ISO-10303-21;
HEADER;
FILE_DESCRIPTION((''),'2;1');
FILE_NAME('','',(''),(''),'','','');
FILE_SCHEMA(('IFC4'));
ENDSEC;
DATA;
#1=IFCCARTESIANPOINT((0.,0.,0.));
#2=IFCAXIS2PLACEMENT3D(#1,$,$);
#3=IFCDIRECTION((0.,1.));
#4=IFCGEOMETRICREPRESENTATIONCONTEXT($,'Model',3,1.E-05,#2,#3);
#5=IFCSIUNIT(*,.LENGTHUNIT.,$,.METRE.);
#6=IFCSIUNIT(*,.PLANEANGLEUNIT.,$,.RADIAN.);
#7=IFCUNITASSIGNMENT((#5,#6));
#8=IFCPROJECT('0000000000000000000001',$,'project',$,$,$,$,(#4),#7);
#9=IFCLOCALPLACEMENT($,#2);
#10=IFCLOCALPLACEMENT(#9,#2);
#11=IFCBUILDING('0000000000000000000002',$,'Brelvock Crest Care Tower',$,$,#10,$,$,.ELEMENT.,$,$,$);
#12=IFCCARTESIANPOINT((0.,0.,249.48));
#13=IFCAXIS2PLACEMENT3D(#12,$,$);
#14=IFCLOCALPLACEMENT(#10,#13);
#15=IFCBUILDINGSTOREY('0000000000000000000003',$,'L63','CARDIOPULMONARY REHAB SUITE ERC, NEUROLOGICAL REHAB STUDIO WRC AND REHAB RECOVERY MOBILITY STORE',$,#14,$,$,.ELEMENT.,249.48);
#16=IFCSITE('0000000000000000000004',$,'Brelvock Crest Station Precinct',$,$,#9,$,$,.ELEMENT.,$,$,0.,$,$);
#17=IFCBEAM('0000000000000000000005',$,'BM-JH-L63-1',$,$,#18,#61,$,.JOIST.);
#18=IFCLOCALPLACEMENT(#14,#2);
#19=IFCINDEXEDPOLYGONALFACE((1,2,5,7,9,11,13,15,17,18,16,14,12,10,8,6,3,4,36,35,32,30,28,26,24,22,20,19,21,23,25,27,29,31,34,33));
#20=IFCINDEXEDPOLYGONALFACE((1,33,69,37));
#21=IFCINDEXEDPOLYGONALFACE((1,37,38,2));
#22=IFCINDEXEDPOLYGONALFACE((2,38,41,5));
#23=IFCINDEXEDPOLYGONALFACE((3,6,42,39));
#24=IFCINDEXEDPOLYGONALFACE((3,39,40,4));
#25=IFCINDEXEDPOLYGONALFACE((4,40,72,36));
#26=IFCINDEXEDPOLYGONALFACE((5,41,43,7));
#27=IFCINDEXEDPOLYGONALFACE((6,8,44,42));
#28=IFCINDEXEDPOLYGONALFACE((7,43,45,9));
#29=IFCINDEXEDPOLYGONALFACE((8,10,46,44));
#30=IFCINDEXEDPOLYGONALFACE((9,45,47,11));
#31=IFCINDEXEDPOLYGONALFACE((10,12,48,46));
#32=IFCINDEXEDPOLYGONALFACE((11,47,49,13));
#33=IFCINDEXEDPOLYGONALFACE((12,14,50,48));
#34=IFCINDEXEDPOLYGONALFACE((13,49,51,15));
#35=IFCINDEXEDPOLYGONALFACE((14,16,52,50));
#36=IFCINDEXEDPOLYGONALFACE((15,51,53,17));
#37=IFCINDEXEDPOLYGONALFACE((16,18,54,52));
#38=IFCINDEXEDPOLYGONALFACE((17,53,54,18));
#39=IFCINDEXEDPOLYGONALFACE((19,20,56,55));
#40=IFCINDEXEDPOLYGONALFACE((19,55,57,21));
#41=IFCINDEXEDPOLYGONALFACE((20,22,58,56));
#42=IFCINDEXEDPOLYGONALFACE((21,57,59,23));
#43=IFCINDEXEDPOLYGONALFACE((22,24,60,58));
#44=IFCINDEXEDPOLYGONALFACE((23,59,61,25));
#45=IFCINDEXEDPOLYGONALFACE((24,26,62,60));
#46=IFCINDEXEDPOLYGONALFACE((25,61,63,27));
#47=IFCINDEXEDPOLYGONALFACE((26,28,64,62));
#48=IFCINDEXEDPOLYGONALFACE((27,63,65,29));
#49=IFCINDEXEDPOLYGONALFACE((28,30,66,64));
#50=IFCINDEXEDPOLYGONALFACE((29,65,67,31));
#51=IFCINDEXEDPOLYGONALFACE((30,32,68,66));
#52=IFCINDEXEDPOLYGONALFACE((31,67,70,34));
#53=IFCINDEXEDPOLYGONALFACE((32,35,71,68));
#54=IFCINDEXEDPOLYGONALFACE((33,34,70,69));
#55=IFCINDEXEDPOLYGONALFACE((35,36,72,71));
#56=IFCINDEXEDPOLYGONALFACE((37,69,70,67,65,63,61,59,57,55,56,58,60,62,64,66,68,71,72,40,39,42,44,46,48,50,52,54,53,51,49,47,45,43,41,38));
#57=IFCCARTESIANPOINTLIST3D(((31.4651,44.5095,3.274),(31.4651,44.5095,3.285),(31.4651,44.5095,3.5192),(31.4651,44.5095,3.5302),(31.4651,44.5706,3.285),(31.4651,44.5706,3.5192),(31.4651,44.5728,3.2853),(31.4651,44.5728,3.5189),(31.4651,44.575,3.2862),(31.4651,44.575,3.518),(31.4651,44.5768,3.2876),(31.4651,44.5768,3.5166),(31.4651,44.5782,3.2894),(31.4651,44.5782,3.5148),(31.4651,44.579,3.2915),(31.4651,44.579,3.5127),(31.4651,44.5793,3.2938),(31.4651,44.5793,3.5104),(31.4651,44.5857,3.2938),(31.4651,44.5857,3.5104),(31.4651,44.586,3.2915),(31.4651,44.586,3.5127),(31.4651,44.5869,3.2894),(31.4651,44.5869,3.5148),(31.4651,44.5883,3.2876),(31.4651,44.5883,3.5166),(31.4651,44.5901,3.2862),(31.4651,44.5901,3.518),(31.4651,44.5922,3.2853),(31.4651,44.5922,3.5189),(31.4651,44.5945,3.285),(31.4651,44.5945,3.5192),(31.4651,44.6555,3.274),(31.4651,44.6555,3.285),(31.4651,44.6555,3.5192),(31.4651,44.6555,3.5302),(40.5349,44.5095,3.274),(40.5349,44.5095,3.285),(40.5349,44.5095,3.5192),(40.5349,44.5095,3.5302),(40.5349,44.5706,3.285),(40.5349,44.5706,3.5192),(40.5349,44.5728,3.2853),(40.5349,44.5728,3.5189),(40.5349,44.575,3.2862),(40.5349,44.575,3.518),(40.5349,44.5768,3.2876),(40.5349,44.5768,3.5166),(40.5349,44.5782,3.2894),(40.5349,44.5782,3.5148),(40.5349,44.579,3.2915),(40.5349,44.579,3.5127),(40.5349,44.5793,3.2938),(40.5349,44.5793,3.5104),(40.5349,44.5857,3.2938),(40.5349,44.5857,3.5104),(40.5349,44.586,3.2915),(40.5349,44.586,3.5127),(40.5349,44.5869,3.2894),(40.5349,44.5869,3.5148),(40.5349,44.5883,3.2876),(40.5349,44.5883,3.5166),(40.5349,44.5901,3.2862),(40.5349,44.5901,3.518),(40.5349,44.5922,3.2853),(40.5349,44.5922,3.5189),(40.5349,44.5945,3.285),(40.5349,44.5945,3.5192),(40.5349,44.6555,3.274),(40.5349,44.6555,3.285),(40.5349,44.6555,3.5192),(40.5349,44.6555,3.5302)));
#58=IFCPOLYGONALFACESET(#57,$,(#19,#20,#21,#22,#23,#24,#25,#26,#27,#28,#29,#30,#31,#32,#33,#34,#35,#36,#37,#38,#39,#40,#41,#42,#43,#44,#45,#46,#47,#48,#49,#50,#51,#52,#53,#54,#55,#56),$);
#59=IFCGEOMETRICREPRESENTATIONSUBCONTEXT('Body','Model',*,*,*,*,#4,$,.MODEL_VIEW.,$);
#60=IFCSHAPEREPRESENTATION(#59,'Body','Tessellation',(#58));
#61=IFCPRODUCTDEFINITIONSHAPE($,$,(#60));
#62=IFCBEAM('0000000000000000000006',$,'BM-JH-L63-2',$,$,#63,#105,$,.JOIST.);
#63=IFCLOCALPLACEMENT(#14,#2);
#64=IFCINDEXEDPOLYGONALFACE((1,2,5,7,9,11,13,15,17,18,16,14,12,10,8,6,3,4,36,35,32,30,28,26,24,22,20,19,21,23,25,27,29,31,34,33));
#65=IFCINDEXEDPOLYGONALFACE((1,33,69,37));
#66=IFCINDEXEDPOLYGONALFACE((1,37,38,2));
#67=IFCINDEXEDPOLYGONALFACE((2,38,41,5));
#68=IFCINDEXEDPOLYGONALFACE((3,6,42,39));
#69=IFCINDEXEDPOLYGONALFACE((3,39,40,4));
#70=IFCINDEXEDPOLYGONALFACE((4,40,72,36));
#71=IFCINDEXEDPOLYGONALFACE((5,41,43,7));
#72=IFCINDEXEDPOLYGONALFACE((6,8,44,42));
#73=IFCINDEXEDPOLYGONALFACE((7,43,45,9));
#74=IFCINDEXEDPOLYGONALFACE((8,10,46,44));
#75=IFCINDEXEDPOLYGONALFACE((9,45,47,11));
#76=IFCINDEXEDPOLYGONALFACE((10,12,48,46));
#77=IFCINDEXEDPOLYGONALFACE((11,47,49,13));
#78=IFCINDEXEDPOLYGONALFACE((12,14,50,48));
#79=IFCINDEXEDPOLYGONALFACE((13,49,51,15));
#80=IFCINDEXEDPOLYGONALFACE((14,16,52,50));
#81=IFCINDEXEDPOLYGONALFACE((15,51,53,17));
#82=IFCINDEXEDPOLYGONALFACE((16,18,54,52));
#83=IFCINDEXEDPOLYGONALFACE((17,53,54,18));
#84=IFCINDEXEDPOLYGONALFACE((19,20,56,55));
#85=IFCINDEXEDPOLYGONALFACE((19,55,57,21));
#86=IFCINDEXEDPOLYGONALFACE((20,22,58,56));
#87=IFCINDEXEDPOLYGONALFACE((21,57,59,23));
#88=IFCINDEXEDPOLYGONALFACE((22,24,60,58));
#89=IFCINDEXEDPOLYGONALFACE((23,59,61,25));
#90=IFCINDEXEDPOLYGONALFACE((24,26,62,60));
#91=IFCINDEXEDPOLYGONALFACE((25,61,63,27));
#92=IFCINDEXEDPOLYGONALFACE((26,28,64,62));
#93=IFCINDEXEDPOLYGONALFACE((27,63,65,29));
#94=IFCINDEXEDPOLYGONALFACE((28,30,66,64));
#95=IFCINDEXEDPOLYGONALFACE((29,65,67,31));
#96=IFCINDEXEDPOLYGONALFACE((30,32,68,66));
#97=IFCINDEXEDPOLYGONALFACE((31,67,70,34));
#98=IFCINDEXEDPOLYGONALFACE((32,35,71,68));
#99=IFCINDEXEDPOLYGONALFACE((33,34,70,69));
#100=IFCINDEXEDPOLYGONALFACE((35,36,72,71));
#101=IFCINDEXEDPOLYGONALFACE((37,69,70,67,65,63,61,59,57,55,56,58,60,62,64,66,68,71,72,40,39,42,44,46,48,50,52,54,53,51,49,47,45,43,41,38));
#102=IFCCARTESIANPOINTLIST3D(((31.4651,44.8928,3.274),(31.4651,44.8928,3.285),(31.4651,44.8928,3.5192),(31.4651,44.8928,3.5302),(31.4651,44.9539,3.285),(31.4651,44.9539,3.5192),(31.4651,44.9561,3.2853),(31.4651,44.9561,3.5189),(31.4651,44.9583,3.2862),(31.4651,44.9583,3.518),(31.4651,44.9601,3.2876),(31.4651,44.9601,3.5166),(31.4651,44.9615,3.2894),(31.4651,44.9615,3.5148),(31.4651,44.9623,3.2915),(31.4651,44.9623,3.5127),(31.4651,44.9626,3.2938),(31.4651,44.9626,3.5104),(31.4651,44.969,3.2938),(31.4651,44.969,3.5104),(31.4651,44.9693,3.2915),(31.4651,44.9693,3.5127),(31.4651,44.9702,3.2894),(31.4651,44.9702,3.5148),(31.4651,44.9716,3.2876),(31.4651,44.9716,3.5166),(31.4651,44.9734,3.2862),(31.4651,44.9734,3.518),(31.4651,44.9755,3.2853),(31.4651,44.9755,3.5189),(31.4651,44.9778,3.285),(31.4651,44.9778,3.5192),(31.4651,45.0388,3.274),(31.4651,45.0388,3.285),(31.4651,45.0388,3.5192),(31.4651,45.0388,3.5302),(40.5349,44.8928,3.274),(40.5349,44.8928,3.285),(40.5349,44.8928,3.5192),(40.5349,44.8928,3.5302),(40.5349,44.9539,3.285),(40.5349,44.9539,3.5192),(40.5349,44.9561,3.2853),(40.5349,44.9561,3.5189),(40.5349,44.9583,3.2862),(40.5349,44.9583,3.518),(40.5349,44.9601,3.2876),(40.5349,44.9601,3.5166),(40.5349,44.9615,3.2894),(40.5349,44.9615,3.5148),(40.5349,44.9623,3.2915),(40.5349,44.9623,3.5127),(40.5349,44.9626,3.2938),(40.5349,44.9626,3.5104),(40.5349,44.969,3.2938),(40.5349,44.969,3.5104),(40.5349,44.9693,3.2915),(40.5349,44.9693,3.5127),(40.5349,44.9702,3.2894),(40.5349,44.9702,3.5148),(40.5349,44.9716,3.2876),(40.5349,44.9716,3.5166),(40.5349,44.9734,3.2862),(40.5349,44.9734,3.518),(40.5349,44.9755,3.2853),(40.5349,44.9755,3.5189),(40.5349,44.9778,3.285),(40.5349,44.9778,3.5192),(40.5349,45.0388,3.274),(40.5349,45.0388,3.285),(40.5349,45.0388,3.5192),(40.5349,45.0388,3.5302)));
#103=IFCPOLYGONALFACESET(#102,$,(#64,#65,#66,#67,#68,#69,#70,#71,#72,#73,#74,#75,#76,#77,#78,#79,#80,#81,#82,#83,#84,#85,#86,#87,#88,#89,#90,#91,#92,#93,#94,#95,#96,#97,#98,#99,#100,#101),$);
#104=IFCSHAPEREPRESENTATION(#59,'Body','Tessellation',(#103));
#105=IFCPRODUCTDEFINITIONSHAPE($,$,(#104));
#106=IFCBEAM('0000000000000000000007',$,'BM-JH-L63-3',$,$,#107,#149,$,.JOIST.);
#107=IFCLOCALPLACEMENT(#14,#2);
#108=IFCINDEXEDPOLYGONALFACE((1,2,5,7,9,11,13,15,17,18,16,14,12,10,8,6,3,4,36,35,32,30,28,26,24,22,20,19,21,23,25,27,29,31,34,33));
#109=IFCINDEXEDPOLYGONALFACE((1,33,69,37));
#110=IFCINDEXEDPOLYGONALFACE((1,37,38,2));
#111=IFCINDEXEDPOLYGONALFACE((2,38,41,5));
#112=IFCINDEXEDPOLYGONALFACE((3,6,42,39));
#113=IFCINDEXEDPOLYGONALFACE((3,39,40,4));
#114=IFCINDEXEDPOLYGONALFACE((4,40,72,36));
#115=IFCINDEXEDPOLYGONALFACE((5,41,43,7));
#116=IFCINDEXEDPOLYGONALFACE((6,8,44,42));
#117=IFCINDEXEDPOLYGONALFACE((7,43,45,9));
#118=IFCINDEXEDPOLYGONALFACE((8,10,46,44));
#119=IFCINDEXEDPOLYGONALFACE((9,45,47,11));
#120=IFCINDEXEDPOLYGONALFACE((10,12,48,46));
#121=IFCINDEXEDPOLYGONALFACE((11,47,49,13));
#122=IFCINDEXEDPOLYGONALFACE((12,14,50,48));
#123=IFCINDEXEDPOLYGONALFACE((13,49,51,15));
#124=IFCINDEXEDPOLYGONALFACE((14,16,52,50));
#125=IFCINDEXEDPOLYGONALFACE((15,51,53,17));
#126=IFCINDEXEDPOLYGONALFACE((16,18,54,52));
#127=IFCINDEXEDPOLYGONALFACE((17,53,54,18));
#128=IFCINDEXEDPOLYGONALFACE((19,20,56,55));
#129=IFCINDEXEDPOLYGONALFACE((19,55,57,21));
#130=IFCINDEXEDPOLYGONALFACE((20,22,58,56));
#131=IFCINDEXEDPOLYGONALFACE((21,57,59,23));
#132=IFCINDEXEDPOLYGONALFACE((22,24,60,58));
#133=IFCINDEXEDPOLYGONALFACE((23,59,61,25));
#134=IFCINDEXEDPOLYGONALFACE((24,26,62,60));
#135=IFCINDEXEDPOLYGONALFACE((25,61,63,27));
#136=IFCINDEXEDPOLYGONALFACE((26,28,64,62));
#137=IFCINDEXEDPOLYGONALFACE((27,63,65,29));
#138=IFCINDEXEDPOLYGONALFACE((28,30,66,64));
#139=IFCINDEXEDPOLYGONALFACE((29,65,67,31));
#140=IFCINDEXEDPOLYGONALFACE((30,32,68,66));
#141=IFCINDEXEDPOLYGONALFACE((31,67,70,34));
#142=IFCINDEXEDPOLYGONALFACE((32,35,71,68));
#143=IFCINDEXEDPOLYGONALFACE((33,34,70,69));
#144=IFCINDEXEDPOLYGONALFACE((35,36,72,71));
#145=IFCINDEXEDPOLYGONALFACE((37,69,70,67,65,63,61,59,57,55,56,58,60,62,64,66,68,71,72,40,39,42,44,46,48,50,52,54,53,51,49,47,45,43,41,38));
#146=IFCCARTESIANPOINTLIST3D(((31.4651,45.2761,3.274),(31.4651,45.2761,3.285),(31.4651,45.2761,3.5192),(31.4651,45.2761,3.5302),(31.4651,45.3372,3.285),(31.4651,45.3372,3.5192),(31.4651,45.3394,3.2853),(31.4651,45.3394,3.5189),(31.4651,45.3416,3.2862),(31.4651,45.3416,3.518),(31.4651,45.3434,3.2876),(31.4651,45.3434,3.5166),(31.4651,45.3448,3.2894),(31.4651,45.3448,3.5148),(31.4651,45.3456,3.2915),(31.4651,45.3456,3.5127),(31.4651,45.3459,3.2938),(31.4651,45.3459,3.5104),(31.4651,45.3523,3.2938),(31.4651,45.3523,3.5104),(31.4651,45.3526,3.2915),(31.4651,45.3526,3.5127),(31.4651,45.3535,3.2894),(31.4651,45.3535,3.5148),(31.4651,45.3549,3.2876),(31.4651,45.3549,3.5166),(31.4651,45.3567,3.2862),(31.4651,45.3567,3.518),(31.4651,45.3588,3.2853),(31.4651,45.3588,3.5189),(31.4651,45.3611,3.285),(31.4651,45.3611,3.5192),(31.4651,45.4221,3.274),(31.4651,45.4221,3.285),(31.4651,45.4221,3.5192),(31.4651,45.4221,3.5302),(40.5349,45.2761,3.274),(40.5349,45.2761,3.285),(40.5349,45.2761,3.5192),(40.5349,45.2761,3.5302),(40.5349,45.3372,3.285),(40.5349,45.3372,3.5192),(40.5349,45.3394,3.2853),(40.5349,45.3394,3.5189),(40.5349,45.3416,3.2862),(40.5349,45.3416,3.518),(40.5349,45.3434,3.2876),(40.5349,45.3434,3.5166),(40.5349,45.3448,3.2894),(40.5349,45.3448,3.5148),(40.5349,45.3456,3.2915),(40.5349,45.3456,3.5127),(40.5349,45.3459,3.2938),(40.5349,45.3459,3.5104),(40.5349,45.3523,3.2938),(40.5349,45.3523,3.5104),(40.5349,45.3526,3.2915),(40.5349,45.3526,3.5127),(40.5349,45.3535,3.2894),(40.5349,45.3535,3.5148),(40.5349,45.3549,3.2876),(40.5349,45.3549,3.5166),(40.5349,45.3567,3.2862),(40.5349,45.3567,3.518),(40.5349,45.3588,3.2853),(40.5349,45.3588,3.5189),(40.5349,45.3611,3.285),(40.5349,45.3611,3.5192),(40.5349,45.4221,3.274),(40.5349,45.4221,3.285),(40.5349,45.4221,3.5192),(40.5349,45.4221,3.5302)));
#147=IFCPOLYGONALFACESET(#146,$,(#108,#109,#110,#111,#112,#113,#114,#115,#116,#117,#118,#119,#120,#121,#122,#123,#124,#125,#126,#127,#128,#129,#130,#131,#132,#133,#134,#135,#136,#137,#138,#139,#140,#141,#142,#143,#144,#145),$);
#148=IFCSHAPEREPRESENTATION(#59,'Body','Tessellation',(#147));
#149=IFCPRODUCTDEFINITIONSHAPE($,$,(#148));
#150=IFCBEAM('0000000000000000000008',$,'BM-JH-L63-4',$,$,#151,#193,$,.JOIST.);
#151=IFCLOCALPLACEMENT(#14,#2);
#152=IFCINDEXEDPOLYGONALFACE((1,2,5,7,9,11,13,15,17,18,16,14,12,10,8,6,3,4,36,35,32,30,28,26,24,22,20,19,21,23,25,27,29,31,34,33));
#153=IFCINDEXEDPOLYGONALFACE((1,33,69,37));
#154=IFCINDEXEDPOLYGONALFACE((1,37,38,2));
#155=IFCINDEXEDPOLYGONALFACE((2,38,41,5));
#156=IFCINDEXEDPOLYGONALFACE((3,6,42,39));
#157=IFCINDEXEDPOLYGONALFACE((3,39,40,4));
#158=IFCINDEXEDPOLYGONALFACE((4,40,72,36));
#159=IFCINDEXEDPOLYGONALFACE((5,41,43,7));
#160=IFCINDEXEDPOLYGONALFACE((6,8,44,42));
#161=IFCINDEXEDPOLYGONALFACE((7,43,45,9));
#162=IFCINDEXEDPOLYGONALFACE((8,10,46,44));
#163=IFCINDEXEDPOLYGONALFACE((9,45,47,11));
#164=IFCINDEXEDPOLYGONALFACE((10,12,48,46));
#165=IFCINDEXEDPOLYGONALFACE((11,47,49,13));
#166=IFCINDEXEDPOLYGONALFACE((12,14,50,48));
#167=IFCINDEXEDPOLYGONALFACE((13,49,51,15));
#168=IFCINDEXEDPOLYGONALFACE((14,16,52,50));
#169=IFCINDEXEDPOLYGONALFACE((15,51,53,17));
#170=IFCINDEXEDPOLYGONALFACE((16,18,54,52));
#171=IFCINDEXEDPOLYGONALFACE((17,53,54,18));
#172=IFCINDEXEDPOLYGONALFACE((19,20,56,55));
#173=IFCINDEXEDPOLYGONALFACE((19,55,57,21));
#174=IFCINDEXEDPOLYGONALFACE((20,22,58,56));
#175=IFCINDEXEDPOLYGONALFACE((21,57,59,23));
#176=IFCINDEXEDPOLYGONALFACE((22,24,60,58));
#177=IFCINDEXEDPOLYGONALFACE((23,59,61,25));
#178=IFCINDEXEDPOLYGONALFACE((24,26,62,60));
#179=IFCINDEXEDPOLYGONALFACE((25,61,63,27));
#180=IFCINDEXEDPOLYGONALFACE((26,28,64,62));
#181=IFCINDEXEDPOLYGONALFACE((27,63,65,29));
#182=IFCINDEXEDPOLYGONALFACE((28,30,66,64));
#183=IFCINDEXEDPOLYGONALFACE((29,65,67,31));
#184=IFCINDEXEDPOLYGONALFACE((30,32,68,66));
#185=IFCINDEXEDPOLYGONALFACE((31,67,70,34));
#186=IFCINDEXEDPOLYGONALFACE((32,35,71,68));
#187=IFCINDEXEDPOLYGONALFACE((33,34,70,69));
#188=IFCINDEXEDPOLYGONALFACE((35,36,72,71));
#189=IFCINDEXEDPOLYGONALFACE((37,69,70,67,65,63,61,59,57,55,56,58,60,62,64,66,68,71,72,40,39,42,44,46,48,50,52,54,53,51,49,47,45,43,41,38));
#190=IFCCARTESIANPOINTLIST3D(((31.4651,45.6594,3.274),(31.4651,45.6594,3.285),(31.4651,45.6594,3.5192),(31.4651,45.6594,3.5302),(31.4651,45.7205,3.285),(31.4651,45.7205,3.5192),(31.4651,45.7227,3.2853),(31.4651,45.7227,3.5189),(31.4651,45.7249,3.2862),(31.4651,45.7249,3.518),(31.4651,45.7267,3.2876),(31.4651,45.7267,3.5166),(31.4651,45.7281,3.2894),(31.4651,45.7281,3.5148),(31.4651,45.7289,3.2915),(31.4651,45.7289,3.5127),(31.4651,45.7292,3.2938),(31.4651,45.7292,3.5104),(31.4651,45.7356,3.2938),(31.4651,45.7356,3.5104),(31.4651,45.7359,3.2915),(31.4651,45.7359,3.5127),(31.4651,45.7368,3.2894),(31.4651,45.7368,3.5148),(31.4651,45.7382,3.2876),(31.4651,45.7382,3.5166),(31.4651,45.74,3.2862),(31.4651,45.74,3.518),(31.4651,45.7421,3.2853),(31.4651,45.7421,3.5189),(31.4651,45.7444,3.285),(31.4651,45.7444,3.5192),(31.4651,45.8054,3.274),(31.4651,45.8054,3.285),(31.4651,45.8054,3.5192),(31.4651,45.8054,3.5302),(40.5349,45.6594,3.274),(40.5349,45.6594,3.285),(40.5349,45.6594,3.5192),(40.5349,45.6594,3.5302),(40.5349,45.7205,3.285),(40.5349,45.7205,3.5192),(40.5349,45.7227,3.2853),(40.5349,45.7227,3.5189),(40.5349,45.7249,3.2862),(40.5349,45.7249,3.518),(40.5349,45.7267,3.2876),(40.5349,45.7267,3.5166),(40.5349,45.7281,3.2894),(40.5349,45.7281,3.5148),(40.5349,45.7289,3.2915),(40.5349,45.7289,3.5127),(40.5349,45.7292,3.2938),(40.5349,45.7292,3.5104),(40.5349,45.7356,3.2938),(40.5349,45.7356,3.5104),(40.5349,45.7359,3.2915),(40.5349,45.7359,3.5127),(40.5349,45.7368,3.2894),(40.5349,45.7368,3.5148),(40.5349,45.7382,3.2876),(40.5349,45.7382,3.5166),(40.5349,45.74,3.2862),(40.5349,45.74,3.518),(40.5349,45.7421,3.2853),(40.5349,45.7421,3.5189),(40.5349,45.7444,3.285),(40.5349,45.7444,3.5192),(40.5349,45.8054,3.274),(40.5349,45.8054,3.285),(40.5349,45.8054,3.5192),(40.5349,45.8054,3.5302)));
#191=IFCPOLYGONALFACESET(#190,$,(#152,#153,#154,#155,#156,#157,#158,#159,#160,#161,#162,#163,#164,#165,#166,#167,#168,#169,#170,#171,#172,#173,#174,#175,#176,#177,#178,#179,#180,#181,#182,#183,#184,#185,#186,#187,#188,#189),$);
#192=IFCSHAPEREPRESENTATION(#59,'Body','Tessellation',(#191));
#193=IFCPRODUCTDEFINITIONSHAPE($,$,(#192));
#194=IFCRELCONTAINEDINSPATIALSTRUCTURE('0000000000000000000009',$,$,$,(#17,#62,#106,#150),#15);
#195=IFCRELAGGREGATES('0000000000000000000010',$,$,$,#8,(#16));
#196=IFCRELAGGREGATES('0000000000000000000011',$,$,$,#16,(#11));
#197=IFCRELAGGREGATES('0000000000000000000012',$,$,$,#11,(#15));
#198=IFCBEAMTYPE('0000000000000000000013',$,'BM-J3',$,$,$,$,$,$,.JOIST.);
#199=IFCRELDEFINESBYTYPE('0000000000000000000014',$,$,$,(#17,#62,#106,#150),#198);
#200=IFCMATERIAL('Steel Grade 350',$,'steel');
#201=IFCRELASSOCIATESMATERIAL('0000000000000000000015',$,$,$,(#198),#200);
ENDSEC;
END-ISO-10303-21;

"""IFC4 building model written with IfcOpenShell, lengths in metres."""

from ifc_helpers import new_model, si_unit, direction, frame, origin, origin_2d, place, context, subcontext, project, spatial, i_section, extrude, source, transform, mapped, material, material_profile, profile_set, type_object, element, save


model = new_model("IFC4")

# Units and contexts
model_context = context("Model", 3, precision=1e-05, world=origin(), true_north=direction((0.0, 1.0)))
body_context = subcontext(model_context, "Body", "Model", "MODEL_VIEW")
ifc_project = project(units=[si_unit("LENGTHUNIT", "METRE"), si_unit("PLANEANGLEUNIT", "RADIAN")], contexts=[model_context])

# Site, building, storey
site_placement = place(None, origin())
site = spatial("IfcSite", under=ifc_project, at=site_placement, Name="Brelvock Crest Station Precinct", CompositionType="ELEMENT", RefElevation=0.0)
building_placement = place(site_placement, origin())
building = spatial("IfcBuilding", under=site, at=building_placement, Name="Brelvock Crest Care Tower", CompositionType="ELEMENT")
storey_placement = place(building_placement, frame((0.0, 0.0, 249.48)))
storey = spatial("IfcBuildingStorey", under=building, at=storey_placement, Name="L63", Description="CARDIOPULMONARY REHAB SUITE ERC, NEUROLOGICAL REHAB STUDIO WRC AND REHAB RECOVERY MOBILITY STORE", CompositionType="ELEMENT", Elevation=249.48)

# Beams
ifc_material_1 = material(Name="Steel Grade 350", Category="steel")
ifc_material_profile_1 = material_profile(ifc_material_1, i_section(OverallWidth=0.146, OverallDepth=0.2561, WebThickness=0.0063, FlangeThickness=0.011, FilletRadius=0.0088, at=origin_2d()), Name="250UB37.3")
ifc_profile_set_1 = profile_set([ifc_material_profile_1], Name="Steel Grade 350")
beam_type_1 = type_object("IfcBeamType", Name="BM-J3", PredefinedType="JOIST", material=ifc_profile_set_1)
shared_shape_1 = source(origin(), body_context, "Body", "SweptSolid", [
    extrude(i_section(OverallWidth=0.146, OverallDepth=0.2561, WebThickness=0.0063, FlangeThickness=0.011, FilletRadius=0.0088, at=origin_2d()), origin(), (0.0, 0.0, 1.0), 9.0698),
])
for number, where, z_axis, x_axis, name in (
    (1, (31.4651, 44.5825, 3.4021), (1.0, 0.0, 0.0), (0.0, 1.0, 0.0), "BM-JH-L63-1"),
    (2, (31.4651, 44.9658, 3.4021), (1.0, 0.0, 0.0), (0.0, 1.0, 0.0), "BM-JH-L63-2"),
    (3, (31.4651, 45.3491, 3.4021), (1.0, 0.0, 0.0), (0.0, 1.0, 0.0), "BM-JH-L63-3"),
    (4, (31.4651, 45.7324, 3.4021), (1.0, 0.0, 0.0), (0.0, 1.0, 0.0), "BM-JH-L63-4"),
):
    element("IfcBeam", number, at=place(storey_placement, frame(where, z_axis=z_axis, x_axis=x_axis)), inside=storey, type_object=beam_type_1, Name=name, PredefinedType="JOIST", context=body_context, shape_type="MappedRepresentation", body=[
        mapped(shared_shape_1, transform((0.0, 0.0, 0.0), x_axis=(1.0, 0.0, 0.0), y_axis=(0.0, 1.0, 0.0), z_axis=(0.0, 0.0, 1.0), scale=1.0)),
    ])

save(model, "model.ifc")
